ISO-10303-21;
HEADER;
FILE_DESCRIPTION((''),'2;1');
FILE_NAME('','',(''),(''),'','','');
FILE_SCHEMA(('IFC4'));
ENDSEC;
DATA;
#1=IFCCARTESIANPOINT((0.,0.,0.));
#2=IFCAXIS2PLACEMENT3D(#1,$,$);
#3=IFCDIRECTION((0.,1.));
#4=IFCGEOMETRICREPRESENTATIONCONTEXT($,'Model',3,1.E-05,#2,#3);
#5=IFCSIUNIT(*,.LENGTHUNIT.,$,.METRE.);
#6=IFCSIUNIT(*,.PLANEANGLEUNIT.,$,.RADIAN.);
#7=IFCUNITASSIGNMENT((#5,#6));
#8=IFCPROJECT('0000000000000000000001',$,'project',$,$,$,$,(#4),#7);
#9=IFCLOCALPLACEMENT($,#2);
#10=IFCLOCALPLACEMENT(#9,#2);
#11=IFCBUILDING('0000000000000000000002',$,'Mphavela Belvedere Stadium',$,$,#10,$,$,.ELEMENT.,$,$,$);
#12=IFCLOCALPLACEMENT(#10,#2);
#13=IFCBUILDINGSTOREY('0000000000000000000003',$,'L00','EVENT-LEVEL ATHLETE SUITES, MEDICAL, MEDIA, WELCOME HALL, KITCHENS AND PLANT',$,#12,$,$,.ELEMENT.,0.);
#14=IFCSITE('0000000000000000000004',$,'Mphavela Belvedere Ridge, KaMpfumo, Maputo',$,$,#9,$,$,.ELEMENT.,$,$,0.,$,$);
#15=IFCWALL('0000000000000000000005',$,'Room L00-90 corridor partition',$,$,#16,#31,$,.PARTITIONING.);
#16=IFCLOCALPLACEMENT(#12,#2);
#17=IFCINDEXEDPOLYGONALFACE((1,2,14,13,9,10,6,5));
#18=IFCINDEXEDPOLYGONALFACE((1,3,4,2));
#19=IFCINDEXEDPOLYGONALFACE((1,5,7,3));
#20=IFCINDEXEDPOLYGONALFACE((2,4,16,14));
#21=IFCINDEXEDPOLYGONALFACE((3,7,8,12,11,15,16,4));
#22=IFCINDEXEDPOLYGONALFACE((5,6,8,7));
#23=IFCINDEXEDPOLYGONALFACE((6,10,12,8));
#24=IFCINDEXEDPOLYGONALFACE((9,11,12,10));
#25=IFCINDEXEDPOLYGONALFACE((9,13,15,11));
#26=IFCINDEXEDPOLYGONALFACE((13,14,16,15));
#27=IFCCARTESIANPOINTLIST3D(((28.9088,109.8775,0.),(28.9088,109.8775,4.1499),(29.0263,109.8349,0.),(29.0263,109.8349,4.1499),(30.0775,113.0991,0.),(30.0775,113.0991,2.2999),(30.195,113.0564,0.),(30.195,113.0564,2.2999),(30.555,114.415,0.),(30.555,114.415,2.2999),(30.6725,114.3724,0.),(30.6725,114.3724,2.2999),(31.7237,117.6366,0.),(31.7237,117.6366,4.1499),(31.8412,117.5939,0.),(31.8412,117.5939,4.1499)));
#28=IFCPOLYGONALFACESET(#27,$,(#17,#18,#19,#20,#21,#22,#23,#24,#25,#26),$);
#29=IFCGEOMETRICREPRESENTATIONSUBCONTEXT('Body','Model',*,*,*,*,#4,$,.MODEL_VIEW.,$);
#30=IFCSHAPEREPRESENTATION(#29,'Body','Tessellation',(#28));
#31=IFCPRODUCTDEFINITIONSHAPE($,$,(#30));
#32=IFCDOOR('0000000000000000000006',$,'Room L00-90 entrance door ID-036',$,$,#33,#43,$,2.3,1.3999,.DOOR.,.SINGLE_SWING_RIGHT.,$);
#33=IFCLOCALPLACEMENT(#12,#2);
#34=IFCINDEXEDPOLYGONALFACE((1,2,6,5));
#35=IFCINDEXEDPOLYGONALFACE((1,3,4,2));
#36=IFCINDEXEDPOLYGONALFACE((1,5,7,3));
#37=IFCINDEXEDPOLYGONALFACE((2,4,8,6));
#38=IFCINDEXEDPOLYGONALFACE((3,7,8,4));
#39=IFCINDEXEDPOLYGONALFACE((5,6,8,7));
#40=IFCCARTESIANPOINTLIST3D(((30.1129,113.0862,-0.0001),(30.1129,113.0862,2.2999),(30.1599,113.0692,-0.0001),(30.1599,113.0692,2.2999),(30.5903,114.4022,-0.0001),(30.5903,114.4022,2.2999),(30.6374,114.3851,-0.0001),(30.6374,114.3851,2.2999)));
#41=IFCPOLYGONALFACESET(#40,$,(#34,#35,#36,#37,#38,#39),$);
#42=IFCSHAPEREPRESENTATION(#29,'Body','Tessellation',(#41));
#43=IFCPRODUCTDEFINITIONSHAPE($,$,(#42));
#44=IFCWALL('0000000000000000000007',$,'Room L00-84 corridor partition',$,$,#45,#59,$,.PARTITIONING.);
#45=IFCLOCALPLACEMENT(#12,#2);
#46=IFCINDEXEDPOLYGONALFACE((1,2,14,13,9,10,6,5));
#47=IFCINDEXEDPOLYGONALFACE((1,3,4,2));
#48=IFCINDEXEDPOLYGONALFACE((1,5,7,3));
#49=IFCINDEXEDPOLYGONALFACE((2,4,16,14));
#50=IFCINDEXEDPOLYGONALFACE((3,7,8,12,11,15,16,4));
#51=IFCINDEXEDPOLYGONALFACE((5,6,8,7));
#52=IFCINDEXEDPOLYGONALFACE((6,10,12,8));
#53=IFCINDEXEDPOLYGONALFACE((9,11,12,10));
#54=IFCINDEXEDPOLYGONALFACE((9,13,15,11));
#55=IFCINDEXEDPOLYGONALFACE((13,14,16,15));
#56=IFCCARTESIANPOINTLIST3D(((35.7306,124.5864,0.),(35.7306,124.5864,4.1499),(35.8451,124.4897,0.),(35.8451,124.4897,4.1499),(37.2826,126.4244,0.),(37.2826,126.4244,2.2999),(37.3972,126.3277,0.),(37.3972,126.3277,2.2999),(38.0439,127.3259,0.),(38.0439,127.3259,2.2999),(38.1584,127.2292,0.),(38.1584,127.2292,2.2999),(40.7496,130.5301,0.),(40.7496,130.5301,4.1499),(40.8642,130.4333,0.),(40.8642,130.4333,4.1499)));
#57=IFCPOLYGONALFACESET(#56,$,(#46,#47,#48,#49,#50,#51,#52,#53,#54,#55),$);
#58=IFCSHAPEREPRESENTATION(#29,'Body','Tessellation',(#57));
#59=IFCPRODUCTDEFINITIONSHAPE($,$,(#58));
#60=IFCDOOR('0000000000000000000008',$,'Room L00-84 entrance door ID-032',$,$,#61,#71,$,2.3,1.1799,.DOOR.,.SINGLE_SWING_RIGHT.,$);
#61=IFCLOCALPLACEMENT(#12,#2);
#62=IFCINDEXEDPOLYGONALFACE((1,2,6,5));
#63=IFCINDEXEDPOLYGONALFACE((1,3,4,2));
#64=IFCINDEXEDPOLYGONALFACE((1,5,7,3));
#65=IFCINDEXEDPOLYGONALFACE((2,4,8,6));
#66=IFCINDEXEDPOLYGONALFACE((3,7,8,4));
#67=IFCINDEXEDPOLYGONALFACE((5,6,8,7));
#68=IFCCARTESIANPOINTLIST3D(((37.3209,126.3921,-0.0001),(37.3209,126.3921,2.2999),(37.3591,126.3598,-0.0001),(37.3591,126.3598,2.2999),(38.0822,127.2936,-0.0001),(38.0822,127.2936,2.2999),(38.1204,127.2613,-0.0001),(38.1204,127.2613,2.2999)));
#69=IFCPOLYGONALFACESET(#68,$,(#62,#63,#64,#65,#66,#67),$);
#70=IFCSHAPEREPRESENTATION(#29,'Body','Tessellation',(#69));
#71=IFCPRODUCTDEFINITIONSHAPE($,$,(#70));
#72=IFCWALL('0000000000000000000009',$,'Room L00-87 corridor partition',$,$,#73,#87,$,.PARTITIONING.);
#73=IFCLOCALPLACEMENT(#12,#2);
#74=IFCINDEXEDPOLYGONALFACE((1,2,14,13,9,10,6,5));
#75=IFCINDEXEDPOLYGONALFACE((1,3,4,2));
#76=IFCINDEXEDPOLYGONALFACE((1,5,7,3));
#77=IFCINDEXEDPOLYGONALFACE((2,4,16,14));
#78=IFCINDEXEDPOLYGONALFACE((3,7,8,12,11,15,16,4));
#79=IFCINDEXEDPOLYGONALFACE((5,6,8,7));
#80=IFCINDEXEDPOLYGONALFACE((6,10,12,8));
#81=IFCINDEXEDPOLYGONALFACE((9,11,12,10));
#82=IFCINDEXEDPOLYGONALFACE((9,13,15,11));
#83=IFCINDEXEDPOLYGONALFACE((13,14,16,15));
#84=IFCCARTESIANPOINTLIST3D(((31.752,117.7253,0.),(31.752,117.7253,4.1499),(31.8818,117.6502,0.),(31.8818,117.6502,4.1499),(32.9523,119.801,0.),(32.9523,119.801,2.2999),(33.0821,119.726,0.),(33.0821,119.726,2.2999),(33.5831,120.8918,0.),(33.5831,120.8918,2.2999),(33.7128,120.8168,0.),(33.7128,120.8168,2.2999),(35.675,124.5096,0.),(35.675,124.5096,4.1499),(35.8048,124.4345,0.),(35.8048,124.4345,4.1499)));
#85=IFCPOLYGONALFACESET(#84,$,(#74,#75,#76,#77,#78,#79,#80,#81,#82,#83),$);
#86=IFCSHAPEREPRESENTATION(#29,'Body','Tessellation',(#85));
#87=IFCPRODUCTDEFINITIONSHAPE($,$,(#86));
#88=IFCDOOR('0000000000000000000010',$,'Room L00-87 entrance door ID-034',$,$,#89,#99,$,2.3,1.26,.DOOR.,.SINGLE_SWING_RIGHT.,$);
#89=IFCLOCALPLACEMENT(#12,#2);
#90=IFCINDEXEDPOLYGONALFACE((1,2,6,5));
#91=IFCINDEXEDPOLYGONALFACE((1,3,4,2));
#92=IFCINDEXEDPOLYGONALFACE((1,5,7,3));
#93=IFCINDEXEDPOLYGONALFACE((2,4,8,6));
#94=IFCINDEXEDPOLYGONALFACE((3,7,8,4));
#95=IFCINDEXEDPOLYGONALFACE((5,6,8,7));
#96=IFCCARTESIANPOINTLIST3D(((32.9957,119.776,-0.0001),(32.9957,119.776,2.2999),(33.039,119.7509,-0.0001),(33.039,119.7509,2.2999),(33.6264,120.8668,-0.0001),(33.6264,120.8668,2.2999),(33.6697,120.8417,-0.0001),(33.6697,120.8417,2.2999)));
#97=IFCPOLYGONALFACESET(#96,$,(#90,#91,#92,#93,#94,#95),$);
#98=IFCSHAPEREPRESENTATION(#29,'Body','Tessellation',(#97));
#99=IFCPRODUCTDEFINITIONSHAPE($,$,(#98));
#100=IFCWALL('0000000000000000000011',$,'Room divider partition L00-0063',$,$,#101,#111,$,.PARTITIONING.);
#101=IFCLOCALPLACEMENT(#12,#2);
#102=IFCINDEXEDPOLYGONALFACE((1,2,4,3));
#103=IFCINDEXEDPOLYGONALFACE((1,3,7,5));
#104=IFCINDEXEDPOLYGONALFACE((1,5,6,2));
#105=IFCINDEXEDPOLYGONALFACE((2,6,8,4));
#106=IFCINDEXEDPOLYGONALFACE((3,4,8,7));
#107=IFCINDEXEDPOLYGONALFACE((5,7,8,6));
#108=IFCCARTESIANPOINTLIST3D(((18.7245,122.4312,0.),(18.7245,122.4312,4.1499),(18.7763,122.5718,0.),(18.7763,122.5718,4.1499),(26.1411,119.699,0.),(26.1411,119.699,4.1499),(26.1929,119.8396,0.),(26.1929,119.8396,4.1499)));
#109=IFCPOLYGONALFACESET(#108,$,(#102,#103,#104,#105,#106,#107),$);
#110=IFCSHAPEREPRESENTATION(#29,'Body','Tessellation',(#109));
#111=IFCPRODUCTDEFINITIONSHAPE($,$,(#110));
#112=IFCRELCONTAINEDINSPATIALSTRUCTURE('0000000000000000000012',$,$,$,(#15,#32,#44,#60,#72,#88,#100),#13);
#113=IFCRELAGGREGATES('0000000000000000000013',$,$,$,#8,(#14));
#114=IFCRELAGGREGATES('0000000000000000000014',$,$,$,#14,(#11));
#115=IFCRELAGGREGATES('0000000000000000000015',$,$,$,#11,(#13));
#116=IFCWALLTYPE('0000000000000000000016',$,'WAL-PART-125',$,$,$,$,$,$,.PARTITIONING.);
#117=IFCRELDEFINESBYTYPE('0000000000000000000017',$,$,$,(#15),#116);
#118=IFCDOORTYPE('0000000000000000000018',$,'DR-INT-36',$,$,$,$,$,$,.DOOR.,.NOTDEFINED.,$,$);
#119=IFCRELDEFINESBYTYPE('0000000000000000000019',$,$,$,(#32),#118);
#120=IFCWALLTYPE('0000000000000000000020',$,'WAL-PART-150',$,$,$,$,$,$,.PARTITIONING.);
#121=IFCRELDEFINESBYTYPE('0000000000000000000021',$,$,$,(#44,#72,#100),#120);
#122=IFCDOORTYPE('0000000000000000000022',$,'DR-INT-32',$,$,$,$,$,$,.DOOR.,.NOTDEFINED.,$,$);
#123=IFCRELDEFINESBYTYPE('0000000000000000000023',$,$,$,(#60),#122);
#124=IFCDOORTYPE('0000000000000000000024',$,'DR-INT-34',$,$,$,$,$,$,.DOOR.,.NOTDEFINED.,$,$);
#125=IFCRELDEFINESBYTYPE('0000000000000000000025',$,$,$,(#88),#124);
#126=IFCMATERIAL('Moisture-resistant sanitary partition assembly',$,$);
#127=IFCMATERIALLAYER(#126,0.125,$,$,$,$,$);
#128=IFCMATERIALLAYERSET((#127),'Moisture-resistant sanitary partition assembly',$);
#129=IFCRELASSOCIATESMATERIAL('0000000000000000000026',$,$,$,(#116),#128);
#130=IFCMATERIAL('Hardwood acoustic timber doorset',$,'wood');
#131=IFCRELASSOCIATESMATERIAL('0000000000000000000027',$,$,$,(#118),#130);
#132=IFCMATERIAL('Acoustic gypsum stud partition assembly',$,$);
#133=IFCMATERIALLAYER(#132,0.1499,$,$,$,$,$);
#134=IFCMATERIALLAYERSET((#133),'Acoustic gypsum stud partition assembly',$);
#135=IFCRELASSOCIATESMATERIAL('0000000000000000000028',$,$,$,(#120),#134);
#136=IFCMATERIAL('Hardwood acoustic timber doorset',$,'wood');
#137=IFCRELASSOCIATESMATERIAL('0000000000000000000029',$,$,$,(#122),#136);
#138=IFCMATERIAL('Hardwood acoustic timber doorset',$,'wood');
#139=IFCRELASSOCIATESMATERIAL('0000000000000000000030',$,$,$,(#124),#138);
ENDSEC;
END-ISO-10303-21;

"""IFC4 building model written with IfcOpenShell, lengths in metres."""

from ifc_helpers import new_model, si_unit, direction, frame, frame_2d, origin, place, context, subcontext, project, spatial, rectangle, extrude, material, layer, layer_set, type_object, element, fill, save


model = new_model("IFC4")

# Units and contexts
model_context = context("Model", 3, precision=1e-05, world=origin(), true_north=direction((0.0, 1.0)))
body_context = subcontext(model_context, "Body", "Model", "MODEL_VIEW")
ifc_project = project(units=[si_unit("LENGTHUNIT", "METRE"), si_unit("PLANEANGLEUNIT", "RADIAN")], contexts=[model_context])

# Site, building, storey
site_placement = place(None, origin())
site = spatial("IfcSite", under=ifc_project, at=site_placement, Name="Mphavela Belvedere Ridge, KaMpfumo, Maputo", CompositionType="ELEMENT", RefElevation=0.0)
building_placement = place(site_placement, origin())
building = spatial("IfcBuilding", under=site, at=building_placement, Name="Mphavela Belvedere Stadium", CompositionType="ELEMENT")
storey_placement = place(building_placement, origin())
storey = spatial("IfcBuildingStorey", under=building, at=storey_placement, Name="L00", Description="EVENT-LEVEL ATHLETE SUITES, MEDICAL, MEDIA, WELCOME HALL, KITCHENS AND PLANT", CompositionType="ELEMENT", Elevation=0.0)

# Walls, openings, doors
ifc_material_1 = material(Name="Moisture-resistant sanitary partition assembly")
ifc_layer_1 = layer(ifc_material_1, 0.125)
ifc_layer_set_1 = layer_set([ifc_layer_1], Name="Moisture-resistant sanitary partition assembly")
wall_type_1 = type_object("IfcWallType", Name="WAL-PART-125", PredefinedType="PARTITIONING", material=ifc_layer_set_1)
wall_1_placement = place(storey_placement, frame((28.9675, 109.8562, 0.0), z_axis=(0.0, 0.0, 1.0), x_axis=(0.341045, 0.940047, 0.0)))
wall_1 = element("IfcWall", 1, at=wall_1_placement, inside=storey, type_object=wall_type_1, Name="Room L00-90 corridor partition", PredefinedType="PARTITIONING", context=body_context, shape_type="SweptSolid", body=[
    extrude(rectangle(XDim=8.2539, YDim=0.125, at=frame_2d((4.127, 0.0))), origin(), (0.0, 0.0, 1.0), 4.1499),
])
opening_1_placement = place(wall_1_placement, frame((3.427, 0.0, 0.0)))
opening_1 = element("IfcOpeningElement", 2, at=opening_1_placement, cuts=wall_1, PredefinedType="OPENING", context=body_context, shape_type="SweptSolid", body=[
    extrude(rectangle(XDim=1.3999, YDim=2.3, at=frame_2d((0.7, 1.1499))), frame((0.0, 0.0725, 0.0), z_axis=(0.0, -1.0, 0.0), x_axis=(1.0, 0.0, 0.0)), (0.0, 0.0, 1.0), 0.145),
])
ifc_material_2 = material(Name="Hardwood acoustic timber doorset", Category="wood")
door_type_1 = type_object("IfcDoorType", Name="DR-INT-36", OperationType="NOTDEFINED", PredefinedType="DOOR", material=ifc_material_2)
door_1_placement = place(opening_1_placement, origin())
door_1 = element("IfcDoor", 3, at=door_1_placement, inside=storey, type_object=door_type_1, Name="Room L00-90 entrance door ID-036", OperationType="SINGLE_SWING_RIGHT", OverallHeight=2.3, OverallWidth=1.3999, PredefinedType="DOOR", context=body_context, shape_type="SweptSolid", body=[
    extrude(rectangle(XDim=1.3999, YDim=2.3, at=frame_2d((0.7, 1.1499))), frame((0.0, 0.0249, 0.0), z_axis=(0.0, -1.0, 0.0), x_axis=(1.0, 0.0, 0.0)), (0.0, 0.0, 1.0), 0.05),
])
fill(opening_1, door_1)
ifc_material_3 = material(Name="Acoustic gypsum stud partition assembly")
ifc_layer_2 = layer(ifc_material_3, 0.1499)
ifc_layer_set_2 = layer_set([ifc_layer_2], Name="Acoustic gypsum stud partition assembly")
wall_type_2 = type_object("IfcWallType", Name="WAL-PART-150", PredefinedType="PARTITIONING", material=ifc_layer_set_2)
wall_2_placement = place(storey_placement, frame((35.7878, 124.5381, 0.0), z_axis=(0.0, 0.0, 1.0), x_axis=(0.645181, 0.76403, 0.0)))
wall_2 = element("IfcWall", 4, at=wall_2_placement, inside=storey, type_object=wall_type_2, Name="Room L00-84 corridor partition", PredefinedType="PARTITIONING", context=body_context, shape_type="SweptSolid", body=[
    extrude(rectangle(XDim=7.7793, YDim=0.1499, at=frame_2d((3.8896, 0.0))), origin(), (0.0, 0.0, 1.0), 4.1499),
])
opening_2_placement = place(wall_2_placement, frame((2.4058, 0.0, 0.0)))
opening_2 = element("IfcOpeningElement", 5, at=opening_2_placement, cuts=wall_2, PredefinedType="OPENING", context=body_context, shape_type="SweptSolid", body=[
    extrude(rectangle(XDim=1.1799, YDim=2.3, at=frame_2d((0.5898, 1.1499))), frame((0.0, 0.085, 0.0), z_axis=(0.0, -1.0, 0.0), x_axis=(1.0, 0.0, 0.0)), (0.0, 0.0, 1.0), 0.1699),
])
ifc_material_4 = material(Name="Hardwood acoustic timber doorset", Category="wood")
door_type_2 = type_object("IfcDoorType", Name="DR-INT-32", OperationType="NOTDEFINED", PredefinedType="DOOR", material=ifc_material_4)
door_2_placement = place(opening_2_placement, origin())
door_2 = element("IfcDoor", 6, at=door_2_placement, inside=storey, type_object=door_type_2, Name="Room L00-84 entrance door ID-032", OperationType="SINGLE_SWING_RIGHT", OverallHeight=2.3, OverallWidth=1.1799, PredefinedType="DOOR", context=body_context, shape_type="SweptSolid", body=[
    extrude(rectangle(XDim=1.1799, YDim=2.3, at=frame_2d((0.5898, 1.1499))), frame((0.0, 0.0249, 0.0), z_axis=(0.0, -1.0, 0.0), x_axis=(1.0, 0.0, 0.0)), (0.0, 0.0, 1.0), 0.05),
])
fill(opening_2, door_2)
wall_3_placement = place(storey_placement, frame((31.8169, 117.6877, 0.0), z_axis=(0.0, 0.0, 1.0), x_axis=(0.500584, 0.865688, 0.0)))
wall_3 = element("IfcWall", 7, at=wall_3_placement, inside=storey, type_object=wall_type_2, Name="Room L00-87 corridor partition", PredefinedType="PARTITIONING", context=body_context, shape_type="SweptSolid", body=[
    extrude(rectangle(XDim=7.8369, YDim=0.1499, at=frame_2d((3.9185, 0.0))), origin(), (0.0, 0.0, 1.0), 4.1499),
])
opening_3_placement = place(wall_3_placement, frame((2.3979, 0.0, 0.0)))
opening_3 = element("IfcOpeningElement", 8, at=opening_3_placement, cuts=wall_3, PredefinedType="OPENING", context=body_context, shape_type="SweptSolid", body=[
    extrude(rectangle(XDim=1.26, YDim=2.3, at=frame_2d((0.6299, 1.1499))), frame((0.0, 0.085, 0.0), z_axis=(0.0, -1.0, 0.0), x_axis=(1.0, 0.0, 0.0)), (0.0, 0.0, 1.0), 0.1699),
])
ifc_material_5 = material(Name="Hardwood acoustic timber doorset", Category="wood")
door_type_3 = type_object("IfcDoorType", Name="DR-INT-34", OperationType="NOTDEFINED", PredefinedType="DOOR", material=ifc_material_5)
door_3_placement = place(opening_3_placement, origin())
door_3 = element("IfcDoor", 9, at=door_3_placement, inside=storey, type_object=door_type_3, Name="Room L00-87 entrance door ID-034", OperationType="SINGLE_SWING_RIGHT", OverallHeight=2.3, OverallWidth=1.26, PredefinedType="DOOR", context=body_context, shape_type="SweptSolid", body=[
    extrude(rectangle(XDim=1.26, YDim=2.3, at=frame_2d((0.6299, 1.1499))), frame((0.0, 0.0249, 0.0), z_axis=(0.0, -1.0, 0.0), x_axis=(1.0, 0.0, 0.0)), (0.0, 0.0, 1.0), 0.05),
])
fill(opening_3, door_3)

# Wall
wall_4_placement = place(storey_placement, frame((26.167, 119.7693, 0.0), z_axis=(0.0, 0.0, 1.0), x_axis=(-0.938352, 0.345681, 0.0)))
element("IfcWall", 10, at=wall_4_placement, inside=storey, type_object=wall_type_2, Name="Room divider partition L00-0063", PredefinedType="PARTITIONING", context=body_context, shape_type="SweptSolid", body=[
    extrude(rectangle(XDim=7.9038, YDim=0.1499, at=frame_2d((3.9519, 0.0))), origin(), (0.0, 0.0, 1.0), 4.1499),
])

save(model, "model.ifc")
